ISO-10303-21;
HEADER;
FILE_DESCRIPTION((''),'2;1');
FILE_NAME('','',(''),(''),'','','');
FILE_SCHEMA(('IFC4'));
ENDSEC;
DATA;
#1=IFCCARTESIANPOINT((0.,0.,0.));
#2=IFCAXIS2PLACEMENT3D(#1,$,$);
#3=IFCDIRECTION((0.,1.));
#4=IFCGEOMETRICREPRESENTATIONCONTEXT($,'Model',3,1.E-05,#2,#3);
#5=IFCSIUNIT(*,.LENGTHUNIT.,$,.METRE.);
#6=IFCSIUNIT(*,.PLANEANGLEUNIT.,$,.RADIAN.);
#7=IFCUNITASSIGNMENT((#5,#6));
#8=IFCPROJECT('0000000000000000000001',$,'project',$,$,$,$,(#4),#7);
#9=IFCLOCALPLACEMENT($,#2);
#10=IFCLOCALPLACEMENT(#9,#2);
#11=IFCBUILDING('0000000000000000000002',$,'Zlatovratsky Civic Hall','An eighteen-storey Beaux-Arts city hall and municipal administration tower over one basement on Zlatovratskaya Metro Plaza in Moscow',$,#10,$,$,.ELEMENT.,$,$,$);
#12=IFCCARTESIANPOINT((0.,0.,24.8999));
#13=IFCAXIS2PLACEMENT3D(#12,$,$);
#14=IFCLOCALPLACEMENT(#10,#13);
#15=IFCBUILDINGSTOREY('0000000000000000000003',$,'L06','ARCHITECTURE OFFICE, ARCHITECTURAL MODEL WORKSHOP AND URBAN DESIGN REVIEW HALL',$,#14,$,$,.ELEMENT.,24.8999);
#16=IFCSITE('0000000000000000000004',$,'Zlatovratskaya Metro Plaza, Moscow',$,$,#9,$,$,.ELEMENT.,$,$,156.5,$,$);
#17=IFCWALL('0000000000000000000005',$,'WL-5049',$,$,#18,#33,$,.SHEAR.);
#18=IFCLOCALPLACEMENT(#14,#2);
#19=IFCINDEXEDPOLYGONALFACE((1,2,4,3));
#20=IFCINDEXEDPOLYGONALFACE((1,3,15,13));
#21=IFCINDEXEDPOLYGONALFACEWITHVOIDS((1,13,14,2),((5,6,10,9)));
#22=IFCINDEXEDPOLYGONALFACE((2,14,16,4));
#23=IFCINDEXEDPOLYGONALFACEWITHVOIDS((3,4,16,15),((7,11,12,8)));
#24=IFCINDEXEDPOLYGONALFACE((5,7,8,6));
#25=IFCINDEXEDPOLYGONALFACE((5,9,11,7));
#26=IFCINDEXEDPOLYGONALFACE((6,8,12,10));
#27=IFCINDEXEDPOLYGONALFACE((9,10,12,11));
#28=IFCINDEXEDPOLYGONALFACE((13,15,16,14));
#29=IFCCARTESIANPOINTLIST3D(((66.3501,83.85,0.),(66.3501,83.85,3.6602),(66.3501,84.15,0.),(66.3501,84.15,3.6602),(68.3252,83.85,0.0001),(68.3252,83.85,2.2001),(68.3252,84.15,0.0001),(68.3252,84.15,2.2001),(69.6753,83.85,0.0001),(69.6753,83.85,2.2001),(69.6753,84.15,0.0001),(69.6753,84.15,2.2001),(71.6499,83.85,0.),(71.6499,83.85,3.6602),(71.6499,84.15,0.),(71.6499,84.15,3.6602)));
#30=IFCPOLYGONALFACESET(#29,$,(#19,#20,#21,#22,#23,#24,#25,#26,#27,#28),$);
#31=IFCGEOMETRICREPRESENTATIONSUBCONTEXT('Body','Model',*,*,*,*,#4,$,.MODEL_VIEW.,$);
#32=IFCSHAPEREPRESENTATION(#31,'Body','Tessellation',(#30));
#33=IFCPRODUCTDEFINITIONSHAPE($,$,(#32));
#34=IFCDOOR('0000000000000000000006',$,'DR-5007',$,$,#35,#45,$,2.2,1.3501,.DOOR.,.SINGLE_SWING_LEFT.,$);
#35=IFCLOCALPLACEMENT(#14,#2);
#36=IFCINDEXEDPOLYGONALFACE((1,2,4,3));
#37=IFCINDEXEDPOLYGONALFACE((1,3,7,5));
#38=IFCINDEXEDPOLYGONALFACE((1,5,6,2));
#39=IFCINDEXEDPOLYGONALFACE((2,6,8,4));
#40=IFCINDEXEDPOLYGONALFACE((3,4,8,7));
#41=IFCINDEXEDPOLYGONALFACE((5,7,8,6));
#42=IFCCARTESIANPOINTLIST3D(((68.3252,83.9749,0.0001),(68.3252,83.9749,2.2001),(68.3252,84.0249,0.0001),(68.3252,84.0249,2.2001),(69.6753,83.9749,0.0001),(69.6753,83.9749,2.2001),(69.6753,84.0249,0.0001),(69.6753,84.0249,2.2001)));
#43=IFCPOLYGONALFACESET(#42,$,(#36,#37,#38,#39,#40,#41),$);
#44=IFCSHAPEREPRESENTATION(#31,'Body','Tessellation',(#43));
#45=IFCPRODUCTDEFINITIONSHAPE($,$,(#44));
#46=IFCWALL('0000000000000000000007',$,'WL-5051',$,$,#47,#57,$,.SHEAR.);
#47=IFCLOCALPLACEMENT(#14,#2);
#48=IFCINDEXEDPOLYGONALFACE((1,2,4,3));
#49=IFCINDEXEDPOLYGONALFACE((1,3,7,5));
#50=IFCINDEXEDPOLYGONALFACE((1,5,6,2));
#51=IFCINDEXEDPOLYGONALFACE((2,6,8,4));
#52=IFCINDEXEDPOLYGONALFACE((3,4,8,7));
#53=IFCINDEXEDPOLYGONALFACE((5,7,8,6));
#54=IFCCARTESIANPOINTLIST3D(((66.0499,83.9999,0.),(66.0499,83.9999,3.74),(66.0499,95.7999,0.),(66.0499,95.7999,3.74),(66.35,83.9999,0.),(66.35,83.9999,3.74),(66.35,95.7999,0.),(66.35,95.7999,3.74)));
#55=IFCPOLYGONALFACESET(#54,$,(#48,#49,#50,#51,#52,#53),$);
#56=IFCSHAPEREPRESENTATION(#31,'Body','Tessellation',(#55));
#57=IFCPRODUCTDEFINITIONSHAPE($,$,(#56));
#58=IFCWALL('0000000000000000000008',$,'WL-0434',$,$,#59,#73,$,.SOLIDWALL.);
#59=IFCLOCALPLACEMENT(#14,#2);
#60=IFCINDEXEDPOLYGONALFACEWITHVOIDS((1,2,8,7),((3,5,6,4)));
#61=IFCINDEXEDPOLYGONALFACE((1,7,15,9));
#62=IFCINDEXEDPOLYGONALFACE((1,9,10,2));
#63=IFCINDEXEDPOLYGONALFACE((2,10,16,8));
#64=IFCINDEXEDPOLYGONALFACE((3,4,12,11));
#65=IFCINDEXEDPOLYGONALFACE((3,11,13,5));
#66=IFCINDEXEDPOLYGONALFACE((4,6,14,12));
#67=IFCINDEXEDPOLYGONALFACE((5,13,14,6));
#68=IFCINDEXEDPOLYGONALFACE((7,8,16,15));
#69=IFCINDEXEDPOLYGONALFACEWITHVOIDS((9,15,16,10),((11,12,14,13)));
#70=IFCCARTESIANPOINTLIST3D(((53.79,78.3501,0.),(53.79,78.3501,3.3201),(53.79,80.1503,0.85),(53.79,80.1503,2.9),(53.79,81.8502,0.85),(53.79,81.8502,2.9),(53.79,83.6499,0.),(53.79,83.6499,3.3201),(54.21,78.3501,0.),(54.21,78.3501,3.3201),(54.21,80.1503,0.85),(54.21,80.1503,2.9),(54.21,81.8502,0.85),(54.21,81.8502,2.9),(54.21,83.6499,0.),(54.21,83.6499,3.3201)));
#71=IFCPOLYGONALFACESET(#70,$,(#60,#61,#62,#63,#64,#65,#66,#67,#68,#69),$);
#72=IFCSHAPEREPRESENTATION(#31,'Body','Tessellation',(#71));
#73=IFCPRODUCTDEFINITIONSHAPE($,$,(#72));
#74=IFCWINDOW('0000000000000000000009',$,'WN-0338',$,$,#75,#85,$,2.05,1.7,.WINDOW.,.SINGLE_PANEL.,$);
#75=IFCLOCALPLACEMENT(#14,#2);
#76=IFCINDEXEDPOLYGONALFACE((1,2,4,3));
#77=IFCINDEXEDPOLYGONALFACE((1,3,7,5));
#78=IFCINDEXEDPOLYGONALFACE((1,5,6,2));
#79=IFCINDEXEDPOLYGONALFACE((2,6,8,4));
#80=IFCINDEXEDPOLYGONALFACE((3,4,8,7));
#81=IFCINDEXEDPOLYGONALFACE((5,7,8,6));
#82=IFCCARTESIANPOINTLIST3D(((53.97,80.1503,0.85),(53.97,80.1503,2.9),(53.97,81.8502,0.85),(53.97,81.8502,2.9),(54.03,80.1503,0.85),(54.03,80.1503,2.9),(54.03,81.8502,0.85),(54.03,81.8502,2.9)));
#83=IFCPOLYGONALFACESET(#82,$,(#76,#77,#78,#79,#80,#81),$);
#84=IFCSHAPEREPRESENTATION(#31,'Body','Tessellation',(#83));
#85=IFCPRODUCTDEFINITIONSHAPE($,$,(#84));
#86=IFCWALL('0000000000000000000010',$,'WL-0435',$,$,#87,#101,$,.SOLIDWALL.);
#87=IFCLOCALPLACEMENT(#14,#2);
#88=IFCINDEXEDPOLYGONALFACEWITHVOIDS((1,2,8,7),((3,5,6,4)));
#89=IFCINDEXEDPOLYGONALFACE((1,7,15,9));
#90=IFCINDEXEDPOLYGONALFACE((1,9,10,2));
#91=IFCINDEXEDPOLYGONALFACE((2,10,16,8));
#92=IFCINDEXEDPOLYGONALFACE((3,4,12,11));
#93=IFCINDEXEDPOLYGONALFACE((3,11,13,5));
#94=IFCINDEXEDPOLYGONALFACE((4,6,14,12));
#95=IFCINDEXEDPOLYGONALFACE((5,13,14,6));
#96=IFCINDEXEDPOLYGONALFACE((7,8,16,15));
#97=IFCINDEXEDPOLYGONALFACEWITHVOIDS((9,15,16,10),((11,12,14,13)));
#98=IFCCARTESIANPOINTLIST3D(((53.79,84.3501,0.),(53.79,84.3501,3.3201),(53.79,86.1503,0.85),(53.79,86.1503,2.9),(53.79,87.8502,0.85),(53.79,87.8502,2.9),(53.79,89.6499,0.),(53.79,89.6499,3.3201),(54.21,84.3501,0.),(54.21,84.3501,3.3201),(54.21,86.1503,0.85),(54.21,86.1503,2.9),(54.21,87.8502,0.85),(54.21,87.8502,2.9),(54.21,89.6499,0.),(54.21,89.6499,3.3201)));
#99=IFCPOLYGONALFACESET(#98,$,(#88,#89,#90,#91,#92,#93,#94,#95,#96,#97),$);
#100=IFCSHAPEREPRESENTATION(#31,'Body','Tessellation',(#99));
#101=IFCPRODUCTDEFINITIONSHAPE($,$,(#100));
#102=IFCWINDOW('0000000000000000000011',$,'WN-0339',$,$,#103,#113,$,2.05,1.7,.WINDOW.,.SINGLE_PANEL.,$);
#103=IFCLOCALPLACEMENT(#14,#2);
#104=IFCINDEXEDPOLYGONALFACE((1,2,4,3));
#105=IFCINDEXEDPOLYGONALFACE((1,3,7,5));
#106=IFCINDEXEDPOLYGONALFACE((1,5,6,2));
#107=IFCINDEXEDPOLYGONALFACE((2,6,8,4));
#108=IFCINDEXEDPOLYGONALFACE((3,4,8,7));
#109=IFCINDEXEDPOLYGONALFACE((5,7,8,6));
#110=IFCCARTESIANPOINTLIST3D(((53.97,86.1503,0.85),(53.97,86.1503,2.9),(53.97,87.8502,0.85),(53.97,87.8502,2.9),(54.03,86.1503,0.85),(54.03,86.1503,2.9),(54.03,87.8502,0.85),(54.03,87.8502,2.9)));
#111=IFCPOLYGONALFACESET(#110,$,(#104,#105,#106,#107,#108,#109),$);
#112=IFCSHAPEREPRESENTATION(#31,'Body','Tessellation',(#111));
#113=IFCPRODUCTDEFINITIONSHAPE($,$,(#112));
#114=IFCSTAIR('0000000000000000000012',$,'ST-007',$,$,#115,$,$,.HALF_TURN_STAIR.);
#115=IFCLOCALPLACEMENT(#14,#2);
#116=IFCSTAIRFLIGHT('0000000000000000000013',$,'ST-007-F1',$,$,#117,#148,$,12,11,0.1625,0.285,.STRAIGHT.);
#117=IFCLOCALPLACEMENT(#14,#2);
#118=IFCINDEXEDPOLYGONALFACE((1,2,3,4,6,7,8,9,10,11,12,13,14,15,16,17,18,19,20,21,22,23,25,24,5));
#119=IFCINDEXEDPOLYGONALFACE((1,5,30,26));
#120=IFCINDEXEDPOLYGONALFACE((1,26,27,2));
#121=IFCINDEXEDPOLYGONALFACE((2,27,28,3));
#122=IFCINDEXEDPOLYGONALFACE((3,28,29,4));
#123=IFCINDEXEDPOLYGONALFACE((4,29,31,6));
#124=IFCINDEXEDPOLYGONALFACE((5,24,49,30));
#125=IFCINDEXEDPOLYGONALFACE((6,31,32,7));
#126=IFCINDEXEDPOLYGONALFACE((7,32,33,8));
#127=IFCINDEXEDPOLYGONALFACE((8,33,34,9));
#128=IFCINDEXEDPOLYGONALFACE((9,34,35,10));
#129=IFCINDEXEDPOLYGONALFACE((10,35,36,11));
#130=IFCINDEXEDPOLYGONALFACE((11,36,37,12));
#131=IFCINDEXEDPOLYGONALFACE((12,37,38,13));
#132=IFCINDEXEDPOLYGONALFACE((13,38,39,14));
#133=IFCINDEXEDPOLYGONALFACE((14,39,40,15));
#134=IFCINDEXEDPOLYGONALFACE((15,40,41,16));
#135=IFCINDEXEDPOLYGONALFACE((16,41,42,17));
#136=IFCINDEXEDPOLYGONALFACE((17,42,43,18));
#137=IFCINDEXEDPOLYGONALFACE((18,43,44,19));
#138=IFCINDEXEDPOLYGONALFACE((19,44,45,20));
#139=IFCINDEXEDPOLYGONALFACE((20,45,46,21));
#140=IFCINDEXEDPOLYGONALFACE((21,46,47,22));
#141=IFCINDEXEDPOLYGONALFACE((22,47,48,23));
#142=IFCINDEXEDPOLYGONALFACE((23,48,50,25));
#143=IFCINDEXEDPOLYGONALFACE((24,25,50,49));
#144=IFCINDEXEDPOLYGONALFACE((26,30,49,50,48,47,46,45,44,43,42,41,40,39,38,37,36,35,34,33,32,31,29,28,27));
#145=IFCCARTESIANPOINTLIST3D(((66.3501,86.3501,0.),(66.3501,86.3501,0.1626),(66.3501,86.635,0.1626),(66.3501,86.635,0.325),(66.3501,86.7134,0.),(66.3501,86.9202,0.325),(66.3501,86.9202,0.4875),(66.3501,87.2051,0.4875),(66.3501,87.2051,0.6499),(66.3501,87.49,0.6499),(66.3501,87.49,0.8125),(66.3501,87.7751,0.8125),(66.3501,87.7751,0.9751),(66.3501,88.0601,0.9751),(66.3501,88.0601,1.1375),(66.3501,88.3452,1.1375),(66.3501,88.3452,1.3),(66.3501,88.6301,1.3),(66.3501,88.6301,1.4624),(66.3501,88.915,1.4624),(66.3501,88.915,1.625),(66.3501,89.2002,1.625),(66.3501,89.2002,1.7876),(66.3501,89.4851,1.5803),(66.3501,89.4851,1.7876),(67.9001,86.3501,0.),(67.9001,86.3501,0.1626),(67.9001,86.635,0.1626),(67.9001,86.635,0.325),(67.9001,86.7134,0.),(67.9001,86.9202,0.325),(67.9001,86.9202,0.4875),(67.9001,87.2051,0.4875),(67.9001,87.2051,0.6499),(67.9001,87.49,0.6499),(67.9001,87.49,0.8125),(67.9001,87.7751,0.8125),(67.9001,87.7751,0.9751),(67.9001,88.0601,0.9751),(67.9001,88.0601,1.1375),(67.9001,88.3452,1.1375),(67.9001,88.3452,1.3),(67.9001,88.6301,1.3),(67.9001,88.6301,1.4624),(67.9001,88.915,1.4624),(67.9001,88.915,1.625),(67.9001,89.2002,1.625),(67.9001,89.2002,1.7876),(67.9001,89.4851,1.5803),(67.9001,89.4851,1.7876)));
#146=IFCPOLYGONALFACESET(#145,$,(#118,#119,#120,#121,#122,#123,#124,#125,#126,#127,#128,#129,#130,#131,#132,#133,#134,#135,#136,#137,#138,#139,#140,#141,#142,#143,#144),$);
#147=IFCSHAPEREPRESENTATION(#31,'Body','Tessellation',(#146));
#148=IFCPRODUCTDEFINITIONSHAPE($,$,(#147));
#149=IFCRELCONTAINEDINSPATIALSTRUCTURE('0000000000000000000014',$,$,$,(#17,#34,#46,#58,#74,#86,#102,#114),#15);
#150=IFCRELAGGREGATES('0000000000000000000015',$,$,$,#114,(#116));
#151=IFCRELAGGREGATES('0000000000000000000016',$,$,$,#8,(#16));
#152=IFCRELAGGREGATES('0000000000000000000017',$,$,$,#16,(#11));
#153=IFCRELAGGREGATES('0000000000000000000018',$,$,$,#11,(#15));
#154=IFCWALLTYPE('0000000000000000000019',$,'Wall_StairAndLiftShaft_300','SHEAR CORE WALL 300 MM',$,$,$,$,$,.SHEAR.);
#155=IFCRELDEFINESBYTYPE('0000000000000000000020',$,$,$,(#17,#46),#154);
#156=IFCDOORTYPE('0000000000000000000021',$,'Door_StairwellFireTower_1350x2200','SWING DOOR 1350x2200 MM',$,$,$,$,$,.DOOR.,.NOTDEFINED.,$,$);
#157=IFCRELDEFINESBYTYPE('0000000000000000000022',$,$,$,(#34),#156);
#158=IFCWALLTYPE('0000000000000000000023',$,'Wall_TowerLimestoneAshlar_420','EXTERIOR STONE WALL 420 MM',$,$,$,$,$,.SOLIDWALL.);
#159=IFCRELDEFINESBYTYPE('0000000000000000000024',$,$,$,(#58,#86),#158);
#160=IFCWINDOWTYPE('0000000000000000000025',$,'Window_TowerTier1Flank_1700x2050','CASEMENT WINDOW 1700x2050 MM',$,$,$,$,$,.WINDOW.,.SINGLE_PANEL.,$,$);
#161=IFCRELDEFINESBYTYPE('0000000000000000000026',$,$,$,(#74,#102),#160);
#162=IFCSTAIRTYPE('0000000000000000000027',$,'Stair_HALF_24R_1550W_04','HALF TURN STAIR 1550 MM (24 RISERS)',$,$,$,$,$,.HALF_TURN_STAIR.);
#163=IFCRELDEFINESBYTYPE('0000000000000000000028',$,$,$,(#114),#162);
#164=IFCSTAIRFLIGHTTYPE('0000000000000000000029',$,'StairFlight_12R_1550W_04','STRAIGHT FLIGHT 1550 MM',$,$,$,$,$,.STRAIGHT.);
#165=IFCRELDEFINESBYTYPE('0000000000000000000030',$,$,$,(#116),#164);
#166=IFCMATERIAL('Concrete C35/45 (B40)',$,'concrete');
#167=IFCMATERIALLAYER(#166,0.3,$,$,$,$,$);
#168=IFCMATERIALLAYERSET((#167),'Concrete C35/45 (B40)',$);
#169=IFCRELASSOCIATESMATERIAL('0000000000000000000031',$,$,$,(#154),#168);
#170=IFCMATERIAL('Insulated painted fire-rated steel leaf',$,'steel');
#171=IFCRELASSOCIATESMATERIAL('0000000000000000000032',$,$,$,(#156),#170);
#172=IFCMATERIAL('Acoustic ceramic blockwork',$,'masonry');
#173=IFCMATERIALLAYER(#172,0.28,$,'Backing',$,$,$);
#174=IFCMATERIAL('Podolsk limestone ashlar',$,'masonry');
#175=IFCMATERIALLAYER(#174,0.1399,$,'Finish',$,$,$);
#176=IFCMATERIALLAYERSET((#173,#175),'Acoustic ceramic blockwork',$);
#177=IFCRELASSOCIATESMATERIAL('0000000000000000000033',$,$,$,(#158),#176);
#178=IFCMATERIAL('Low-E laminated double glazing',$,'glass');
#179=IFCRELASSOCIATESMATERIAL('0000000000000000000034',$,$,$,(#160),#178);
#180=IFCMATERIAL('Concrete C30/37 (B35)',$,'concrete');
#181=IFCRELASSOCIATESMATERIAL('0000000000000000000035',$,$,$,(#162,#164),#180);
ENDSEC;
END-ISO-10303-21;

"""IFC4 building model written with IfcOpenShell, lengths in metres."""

from ifc_helpers import new_model, si_unit, direction, frame, frame_2d, origin, place, context, subcontext, project, spatial, polyline, rectangle, outline, extrude, material, layer, layer_set, type_object, element, fill, aggregate, save


model = new_model("IFC4")

# Units and contexts
model_context = context("Model", 3, precision=1e-05, world=origin(), true_north=direction((0.0, 1.0)))
body_context = subcontext(model_context, "Body", "Model", "MODEL_VIEW")
ifc_project = project(units=[si_unit("LENGTHUNIT", "METRE"), si_unit("PLANEANGLEUNIT", "RADIAN")], contexts=[model_context])

# Site, building, storey
site_placement = place(None, origin())
site = spatial("IfcSite", under=ifc_project, at=site_placement, Name="Zlatovratskaya Metro Plaza, Moscow", CompositionType="ELEMENT", RefElevation=156.5)
building_placement = place(site_placement, origin())
building = spatial("IfcBuilding", under=site, at=building_placement, Name="Zlatovratsky Civic Hall", Description="An eighteen-storey Beaux-Arts city hall and municipal administration tower over one basement on Zlatovratskaya Metro Plaza in Moscow", CompositionType="ELEMENT")
storey_placement = place(building_placement, frame((0.0, 0.0, 24.8999)))
storey = spatial("IfcBuildingStorey", under=building, at=storey_placement, Name="L06", Description="ARCHITECTURE OFFICE, ARCHITECTURAL MODEL WORKSHOP AND URBAN DESIGN REVIEW HALL", CompositionType="ELEMENT", Elevation=24.8999)

# Shared definitions
ifc_material_1 = material(Name="Concrete C35/45 (B40)", Category="concrete")

# Wall, opening, door
ifc_layer_1 = layer(ifc_material_1, 0.3)
ifc_layer_set_1 = layer_set([ifc_layer_1], Name="Concrete C35/45 (B40)")
wall_type_1 = type_object("IfcWallType", Name="Wall_StairAndLiftShaft_300", Description="SHEAR CORE WALL 300 MM", PredefinedType="SHEAR", material=ifc_layer_set_1)
wall_1_placement = place(storey_placement, frame((66.3501, 84.0, 0.0), z_axis=(0.0, 0.0, 1.0), x_axis=(1.0, 0.0, 0.0)))
wall_1 = element("IfcWall", 1, at=wall_1_placement, inside=storey, type_object=wall_type_1, Name="WL-5049", PredefinedType="SHEAR", context=body_context, shape_type="SweptSolid", body=[
    extrude(rectangle(XDim=5.2998, YDim=0.3, at=frame_2d((2.6499, 0.0))), origin(), (0.0, 0.0, 1.0), 3.6602),
])
opening_1_placement = place(wall_1_placement, frame((1.9751, 0.0, 0.0)))
opening_1 = element("IfcOpeningElement", 2, at=opening_1_placement, cuts=wall_1, PredefinedType="OPENING", context=body_context, shape_type="SweptSolid", body=[
    extrude(rectangle(XDim=1.3501, YDim=2.2, at=frame_2d((0.675, 1.1001))), frame((0.0, 0.165, 0.0), z_axis=(0.0, -1.0, 0.0), x_axis=(1.0, 0.0, 0.0)), (0.0, 0.0, 1.0), 0.3298),
])
ifc_material_2 = material(Name="Insulated painted fire-rated steel leaf", Category="steel")
door_type_1 = type_object("IfcDoorType", Name="Door_StairwellFireTower_1350x2200", Description="SWING DOOR 1350x2200 MM", OperationType="NOTDEFINED", PredefinedType="DOOR", material=ifc_material_2)
door_1_placement = place(opening_1_placement, origin())
door_1 = element("IfcDoor", 3, at=door_1_placement, inside=storey, type_object=door_type_1, Name="DR-5007", OperationType="SINGLE_SWING_LEFT", OverallHeight=2.2, OverallWidth=1.3501, PredefinedType="DOOR", context=body_context, shape_type="SweptSolid", body=[
    extrude(rectangle(XDim=1.3501, YDim=2.2, at=frame_2d((0.675, 1.1001))), frame((0.0, 0.0249, 0.0), z_axis=(0.0, -1.0, 0.0), x_axis=(1.0, 0.0, 0.0)), (0.0, 0.0, 1.0), 0.05),
])
fill(opening_1, door_1)

# Wall
wall_2_placement = place(storey_placement, frame((66.2, 84.0, 0.0), z_axis=(0.0, 0.0, 1.0), x_axis=(0.0, 1.0, 0.0)))
element("IfcWall", 4, at=wall_2_placement, inside=storey, type_object=wall_type_1, Name="WL-5051", PredefinedType="SHEAR", context=body_context, shape_type="SweptSolid", body=[
    extrude(rectangle(XDim=11.8, YDim=0.3, at=frame_2d((5.8999, 0.0))), origin(), (0.0, 0.0, 1.0), 3.74),
])

# Walls, openings, windows
ifc_material_3 = material(Name="Acoustic ceramic blockwork", Category="masonry")
ifc_layer_2 = layer(ifc_material_3, 0.28, Name="Backing")
ifc_material_4 = material(Name="Podolsk limestone ashlar", Category="masonry")
ifc_layer_3 = layer(ifc_material_4, 0.1399, Name="Finish")
ifc_layer_set_2 = layer_set([ifc_layer_2, ifc_layer_3], Name="Acoustic ceramic blockwork")
wall_type_2 = type_object("IfcWallType", Name="Wall_TowerLimestoneAshlar_420", Description="EXTERIOR STONE WALL 420 MM", PredefinedType="SOLIDWALL", material=ifc_layer_set_2)
wall_3_placement = place(storey_placement, frame((54.0, 78.3501, 0.0), z_axis=(0.0, 0.0, 1.0), x_axis=(0.0, 1.0, 0.0)))
wall_3 = element("IfcWall", 5, at=wall_3_placement, inside=storey, type_object=wall_type_2, Name="WL-0434", PredefinedType="SOLIDWALL", context=body_context, shape_type="SweptSolid", body=[
    extrude(rectangle(XDim=5.2998, YDim=0.4199, at=frame_2d((2.6499, 0.0))), origin(), (0.0, 0.0, 1.0), 3.3201),
])
opening_2_placement = place(wall_3_placement, frame((1.8, 0.0, 0.8501)))
opening_2 = element("IfcOpeningElement", 6, at=opening_2_placement, cuts=wall_3, PredefinedType="OPENING", context=body_context, shape_type="SweptSolid", body=[
    extrude(rectangle(XDim=1.7, YDim=2.05, at=frame_2d((0.8501, 1.0249))), frame((0.0, 0.2249, 0.0), z_axis=(0.0, -1.0, 0.0), x_axis=(1.0, 0.0, 0.0)), (0.0, 0.0, 1.0), 0.4497),
])
ifc_material_5 = material(Name="Low-E laminated double glazing", Category="glass")
window_type = type_object("IfcWindowType", Name="Window_TowerTier1Flank_1700x2050", Description="CASEMENT WINDOW 1700x2050 MM", PartitioningType="SINGLE_PANEL", PredefinedType="WINDOW", material=ifc_material_5)
window_1_placement = place(opening_2_placement, origin())
window_1 = element("IfcWindow", 7, at=window_1_placement, inside=storey, type_object=window_type, Name="WN-0338", OverallHeight=2.05, OverallWidth=1.7, PartitioningType="SINGLE_PANEL", PredefinedType="WINDOW", context=body_context, shape_type="SweptSolid", body=[
    extrude(rectangle(XDim=1.7, YDim=2.05, at=frame_2d((0.8501, 1.0249))), frame((0.0, 0.03, 0.0), z_axis=(0.0, -1.0, 0.0), x_axis=(1.0, 0.0, 0.0)), (0.0, 0.0, 1.0), 0.0601),
])
fill(opening_2, window_1)
wall_4_placement = place(storey_placement, frame((54.0, 84.3501, 0.0), z_axis=(0.0, 0.0, 1.0), x_axis=(0.0, 1.0, 0.0)))
wall_4 = element("IfcWall", 8, at=wall_4_placement, inside=storey, type_object=wall_type_2, Name="WL-0435", PredefinedType="SOLIDWALL", context=body_context, shape_type="SweptSolid", body=[
    extrude(rectangle(XDim=5.2998, YDim=0.4199, at=frame_2d((2.6499, 0.0))), origin(), (0.0, 0.0, 1.0), 3.3201),
])
opening_3_placement = place(wall_4_placement, frame((1.8, 0.0, 0.8501)))
opening_3 = element("IfcOpeningElement", 9, at=opening_3_placement, cuts=wall_4, PredefinedType="OPENING", context=body_context, shape_type="SweptSolid", body=[
    extrude(rectangle(XDim=1.7, YDim=2.05, at=frame_2d((0.8501, 1.0249))), frame((0.0, 0.2249, 0.0), z_axis=(0.0, -1.0, 0.0), x_axis=(1.0, 0.0, 0.0)), (0.0, 0.0, 1.0), 0.4497),
])
window_2_placement = place(opening_3_placement, origin())
window_2 = element("IfcWindow", 10, at=window_2_placement, inside=storey, type_object=window_type, Name="WN-0339", OverallHeight=2.05, OverallWidth=1.7, PartitioningType="SINGLE_PANEL", PredefinedType="WINDOW", context=body_context, shape_type="SweptSolid", body=[
    extrude(rectangle(XDim=1.7, YDim=2.05, at=frame_2d((0.8501, 1.0249))), frame((0.0, 0.03, 0.0), z_axis=(0.0, -1.0, 0.0), x_axis=(1.0, 0.0, 0.0)), (0.0, 0.0, 1.0), 0.0601),
])
fill(opening_3, window_2)

# Stair, stair flight
ifc_material_6 = material(Name="Concrete C30/37 (B35)", Category="concrete")
stair_type = type_object("IfcStairType", Name="Stair_HALF_24R_1550W_04", Description="HALF TURN STAIR 1550 MM (24 RISERS)", PredefinedType="HALF_TURN_STAIR", material=ifc_material_6)
stair_placement = place(storey_placement, origin())
stair = element("IfcStair", 11, at=stair_placement, inside=storey, type_object=stair_type, Name="ST-007", PredefinedType="HALF_TURN_STAIR")
stair_flight_type = type_object("IfcStairFlightType", Name="StairFlight_12R_1550W_04", Description="STRAIGHT FLIGHT 1550 MM", PredefinedType="STRAIGHT", material=ifc_material_6)
stair_flight_placement = place(storey_placement, frame((67.125, 86.3501, 0.0), z_axis=(0.0, 0.0, 1.0), x_axis=(0.0, 1.0, 0.0)))
stair_flight = element("IfcStairFlight", 12, at=stair_flight_placement, type_object=stair_flight_type, Name="ST-007-F1", NumberOfRisers=12, NumberOfTreads=11, PredefinedType="STRAIGHT", RiserHeight=0.1625, TreadLength=0.285, context=body_context, shape_type="SweptSolid", body=[
    extrude(outline(polyline([(0.0, 0.0), (0.0, 0.1626), (0.2849, 0.1626), (0.2849, 0.325), (0.5701, 0.325), (0.5701, 0.4875), (0.855, 0.4875), (0.855, 0.6499), (1.1399, 0.6499), (1.1399, 0.8125), (1.425, 0.8125), (1.425, 0.9751), (1.71, 0.9751), (1.71, 1.1375), (1.9951, 1.1375), (1.9951, 1.3), (2.28, 1.3), (2.28, 1.4624), (2.5649, 1.4624), (2.5649, 1.625), (2.8501, 1.625), (2.8501, 1.7876), (3.135, 1.7876), (3.135, 1.95), (3.135, 1.5803), (0.3633, 0.0), (0.0, 0.0)])), frame((0.0, 0.7749, 0.0), z_axis=(0.0, -1.0, 0.0), x_axis=(1.0, 0.0, 0.0)), (0.0, 0.0, 1.0), 1.55),
])
aggregate(stair, [stair_flight])

save(model, "model.ifc")
